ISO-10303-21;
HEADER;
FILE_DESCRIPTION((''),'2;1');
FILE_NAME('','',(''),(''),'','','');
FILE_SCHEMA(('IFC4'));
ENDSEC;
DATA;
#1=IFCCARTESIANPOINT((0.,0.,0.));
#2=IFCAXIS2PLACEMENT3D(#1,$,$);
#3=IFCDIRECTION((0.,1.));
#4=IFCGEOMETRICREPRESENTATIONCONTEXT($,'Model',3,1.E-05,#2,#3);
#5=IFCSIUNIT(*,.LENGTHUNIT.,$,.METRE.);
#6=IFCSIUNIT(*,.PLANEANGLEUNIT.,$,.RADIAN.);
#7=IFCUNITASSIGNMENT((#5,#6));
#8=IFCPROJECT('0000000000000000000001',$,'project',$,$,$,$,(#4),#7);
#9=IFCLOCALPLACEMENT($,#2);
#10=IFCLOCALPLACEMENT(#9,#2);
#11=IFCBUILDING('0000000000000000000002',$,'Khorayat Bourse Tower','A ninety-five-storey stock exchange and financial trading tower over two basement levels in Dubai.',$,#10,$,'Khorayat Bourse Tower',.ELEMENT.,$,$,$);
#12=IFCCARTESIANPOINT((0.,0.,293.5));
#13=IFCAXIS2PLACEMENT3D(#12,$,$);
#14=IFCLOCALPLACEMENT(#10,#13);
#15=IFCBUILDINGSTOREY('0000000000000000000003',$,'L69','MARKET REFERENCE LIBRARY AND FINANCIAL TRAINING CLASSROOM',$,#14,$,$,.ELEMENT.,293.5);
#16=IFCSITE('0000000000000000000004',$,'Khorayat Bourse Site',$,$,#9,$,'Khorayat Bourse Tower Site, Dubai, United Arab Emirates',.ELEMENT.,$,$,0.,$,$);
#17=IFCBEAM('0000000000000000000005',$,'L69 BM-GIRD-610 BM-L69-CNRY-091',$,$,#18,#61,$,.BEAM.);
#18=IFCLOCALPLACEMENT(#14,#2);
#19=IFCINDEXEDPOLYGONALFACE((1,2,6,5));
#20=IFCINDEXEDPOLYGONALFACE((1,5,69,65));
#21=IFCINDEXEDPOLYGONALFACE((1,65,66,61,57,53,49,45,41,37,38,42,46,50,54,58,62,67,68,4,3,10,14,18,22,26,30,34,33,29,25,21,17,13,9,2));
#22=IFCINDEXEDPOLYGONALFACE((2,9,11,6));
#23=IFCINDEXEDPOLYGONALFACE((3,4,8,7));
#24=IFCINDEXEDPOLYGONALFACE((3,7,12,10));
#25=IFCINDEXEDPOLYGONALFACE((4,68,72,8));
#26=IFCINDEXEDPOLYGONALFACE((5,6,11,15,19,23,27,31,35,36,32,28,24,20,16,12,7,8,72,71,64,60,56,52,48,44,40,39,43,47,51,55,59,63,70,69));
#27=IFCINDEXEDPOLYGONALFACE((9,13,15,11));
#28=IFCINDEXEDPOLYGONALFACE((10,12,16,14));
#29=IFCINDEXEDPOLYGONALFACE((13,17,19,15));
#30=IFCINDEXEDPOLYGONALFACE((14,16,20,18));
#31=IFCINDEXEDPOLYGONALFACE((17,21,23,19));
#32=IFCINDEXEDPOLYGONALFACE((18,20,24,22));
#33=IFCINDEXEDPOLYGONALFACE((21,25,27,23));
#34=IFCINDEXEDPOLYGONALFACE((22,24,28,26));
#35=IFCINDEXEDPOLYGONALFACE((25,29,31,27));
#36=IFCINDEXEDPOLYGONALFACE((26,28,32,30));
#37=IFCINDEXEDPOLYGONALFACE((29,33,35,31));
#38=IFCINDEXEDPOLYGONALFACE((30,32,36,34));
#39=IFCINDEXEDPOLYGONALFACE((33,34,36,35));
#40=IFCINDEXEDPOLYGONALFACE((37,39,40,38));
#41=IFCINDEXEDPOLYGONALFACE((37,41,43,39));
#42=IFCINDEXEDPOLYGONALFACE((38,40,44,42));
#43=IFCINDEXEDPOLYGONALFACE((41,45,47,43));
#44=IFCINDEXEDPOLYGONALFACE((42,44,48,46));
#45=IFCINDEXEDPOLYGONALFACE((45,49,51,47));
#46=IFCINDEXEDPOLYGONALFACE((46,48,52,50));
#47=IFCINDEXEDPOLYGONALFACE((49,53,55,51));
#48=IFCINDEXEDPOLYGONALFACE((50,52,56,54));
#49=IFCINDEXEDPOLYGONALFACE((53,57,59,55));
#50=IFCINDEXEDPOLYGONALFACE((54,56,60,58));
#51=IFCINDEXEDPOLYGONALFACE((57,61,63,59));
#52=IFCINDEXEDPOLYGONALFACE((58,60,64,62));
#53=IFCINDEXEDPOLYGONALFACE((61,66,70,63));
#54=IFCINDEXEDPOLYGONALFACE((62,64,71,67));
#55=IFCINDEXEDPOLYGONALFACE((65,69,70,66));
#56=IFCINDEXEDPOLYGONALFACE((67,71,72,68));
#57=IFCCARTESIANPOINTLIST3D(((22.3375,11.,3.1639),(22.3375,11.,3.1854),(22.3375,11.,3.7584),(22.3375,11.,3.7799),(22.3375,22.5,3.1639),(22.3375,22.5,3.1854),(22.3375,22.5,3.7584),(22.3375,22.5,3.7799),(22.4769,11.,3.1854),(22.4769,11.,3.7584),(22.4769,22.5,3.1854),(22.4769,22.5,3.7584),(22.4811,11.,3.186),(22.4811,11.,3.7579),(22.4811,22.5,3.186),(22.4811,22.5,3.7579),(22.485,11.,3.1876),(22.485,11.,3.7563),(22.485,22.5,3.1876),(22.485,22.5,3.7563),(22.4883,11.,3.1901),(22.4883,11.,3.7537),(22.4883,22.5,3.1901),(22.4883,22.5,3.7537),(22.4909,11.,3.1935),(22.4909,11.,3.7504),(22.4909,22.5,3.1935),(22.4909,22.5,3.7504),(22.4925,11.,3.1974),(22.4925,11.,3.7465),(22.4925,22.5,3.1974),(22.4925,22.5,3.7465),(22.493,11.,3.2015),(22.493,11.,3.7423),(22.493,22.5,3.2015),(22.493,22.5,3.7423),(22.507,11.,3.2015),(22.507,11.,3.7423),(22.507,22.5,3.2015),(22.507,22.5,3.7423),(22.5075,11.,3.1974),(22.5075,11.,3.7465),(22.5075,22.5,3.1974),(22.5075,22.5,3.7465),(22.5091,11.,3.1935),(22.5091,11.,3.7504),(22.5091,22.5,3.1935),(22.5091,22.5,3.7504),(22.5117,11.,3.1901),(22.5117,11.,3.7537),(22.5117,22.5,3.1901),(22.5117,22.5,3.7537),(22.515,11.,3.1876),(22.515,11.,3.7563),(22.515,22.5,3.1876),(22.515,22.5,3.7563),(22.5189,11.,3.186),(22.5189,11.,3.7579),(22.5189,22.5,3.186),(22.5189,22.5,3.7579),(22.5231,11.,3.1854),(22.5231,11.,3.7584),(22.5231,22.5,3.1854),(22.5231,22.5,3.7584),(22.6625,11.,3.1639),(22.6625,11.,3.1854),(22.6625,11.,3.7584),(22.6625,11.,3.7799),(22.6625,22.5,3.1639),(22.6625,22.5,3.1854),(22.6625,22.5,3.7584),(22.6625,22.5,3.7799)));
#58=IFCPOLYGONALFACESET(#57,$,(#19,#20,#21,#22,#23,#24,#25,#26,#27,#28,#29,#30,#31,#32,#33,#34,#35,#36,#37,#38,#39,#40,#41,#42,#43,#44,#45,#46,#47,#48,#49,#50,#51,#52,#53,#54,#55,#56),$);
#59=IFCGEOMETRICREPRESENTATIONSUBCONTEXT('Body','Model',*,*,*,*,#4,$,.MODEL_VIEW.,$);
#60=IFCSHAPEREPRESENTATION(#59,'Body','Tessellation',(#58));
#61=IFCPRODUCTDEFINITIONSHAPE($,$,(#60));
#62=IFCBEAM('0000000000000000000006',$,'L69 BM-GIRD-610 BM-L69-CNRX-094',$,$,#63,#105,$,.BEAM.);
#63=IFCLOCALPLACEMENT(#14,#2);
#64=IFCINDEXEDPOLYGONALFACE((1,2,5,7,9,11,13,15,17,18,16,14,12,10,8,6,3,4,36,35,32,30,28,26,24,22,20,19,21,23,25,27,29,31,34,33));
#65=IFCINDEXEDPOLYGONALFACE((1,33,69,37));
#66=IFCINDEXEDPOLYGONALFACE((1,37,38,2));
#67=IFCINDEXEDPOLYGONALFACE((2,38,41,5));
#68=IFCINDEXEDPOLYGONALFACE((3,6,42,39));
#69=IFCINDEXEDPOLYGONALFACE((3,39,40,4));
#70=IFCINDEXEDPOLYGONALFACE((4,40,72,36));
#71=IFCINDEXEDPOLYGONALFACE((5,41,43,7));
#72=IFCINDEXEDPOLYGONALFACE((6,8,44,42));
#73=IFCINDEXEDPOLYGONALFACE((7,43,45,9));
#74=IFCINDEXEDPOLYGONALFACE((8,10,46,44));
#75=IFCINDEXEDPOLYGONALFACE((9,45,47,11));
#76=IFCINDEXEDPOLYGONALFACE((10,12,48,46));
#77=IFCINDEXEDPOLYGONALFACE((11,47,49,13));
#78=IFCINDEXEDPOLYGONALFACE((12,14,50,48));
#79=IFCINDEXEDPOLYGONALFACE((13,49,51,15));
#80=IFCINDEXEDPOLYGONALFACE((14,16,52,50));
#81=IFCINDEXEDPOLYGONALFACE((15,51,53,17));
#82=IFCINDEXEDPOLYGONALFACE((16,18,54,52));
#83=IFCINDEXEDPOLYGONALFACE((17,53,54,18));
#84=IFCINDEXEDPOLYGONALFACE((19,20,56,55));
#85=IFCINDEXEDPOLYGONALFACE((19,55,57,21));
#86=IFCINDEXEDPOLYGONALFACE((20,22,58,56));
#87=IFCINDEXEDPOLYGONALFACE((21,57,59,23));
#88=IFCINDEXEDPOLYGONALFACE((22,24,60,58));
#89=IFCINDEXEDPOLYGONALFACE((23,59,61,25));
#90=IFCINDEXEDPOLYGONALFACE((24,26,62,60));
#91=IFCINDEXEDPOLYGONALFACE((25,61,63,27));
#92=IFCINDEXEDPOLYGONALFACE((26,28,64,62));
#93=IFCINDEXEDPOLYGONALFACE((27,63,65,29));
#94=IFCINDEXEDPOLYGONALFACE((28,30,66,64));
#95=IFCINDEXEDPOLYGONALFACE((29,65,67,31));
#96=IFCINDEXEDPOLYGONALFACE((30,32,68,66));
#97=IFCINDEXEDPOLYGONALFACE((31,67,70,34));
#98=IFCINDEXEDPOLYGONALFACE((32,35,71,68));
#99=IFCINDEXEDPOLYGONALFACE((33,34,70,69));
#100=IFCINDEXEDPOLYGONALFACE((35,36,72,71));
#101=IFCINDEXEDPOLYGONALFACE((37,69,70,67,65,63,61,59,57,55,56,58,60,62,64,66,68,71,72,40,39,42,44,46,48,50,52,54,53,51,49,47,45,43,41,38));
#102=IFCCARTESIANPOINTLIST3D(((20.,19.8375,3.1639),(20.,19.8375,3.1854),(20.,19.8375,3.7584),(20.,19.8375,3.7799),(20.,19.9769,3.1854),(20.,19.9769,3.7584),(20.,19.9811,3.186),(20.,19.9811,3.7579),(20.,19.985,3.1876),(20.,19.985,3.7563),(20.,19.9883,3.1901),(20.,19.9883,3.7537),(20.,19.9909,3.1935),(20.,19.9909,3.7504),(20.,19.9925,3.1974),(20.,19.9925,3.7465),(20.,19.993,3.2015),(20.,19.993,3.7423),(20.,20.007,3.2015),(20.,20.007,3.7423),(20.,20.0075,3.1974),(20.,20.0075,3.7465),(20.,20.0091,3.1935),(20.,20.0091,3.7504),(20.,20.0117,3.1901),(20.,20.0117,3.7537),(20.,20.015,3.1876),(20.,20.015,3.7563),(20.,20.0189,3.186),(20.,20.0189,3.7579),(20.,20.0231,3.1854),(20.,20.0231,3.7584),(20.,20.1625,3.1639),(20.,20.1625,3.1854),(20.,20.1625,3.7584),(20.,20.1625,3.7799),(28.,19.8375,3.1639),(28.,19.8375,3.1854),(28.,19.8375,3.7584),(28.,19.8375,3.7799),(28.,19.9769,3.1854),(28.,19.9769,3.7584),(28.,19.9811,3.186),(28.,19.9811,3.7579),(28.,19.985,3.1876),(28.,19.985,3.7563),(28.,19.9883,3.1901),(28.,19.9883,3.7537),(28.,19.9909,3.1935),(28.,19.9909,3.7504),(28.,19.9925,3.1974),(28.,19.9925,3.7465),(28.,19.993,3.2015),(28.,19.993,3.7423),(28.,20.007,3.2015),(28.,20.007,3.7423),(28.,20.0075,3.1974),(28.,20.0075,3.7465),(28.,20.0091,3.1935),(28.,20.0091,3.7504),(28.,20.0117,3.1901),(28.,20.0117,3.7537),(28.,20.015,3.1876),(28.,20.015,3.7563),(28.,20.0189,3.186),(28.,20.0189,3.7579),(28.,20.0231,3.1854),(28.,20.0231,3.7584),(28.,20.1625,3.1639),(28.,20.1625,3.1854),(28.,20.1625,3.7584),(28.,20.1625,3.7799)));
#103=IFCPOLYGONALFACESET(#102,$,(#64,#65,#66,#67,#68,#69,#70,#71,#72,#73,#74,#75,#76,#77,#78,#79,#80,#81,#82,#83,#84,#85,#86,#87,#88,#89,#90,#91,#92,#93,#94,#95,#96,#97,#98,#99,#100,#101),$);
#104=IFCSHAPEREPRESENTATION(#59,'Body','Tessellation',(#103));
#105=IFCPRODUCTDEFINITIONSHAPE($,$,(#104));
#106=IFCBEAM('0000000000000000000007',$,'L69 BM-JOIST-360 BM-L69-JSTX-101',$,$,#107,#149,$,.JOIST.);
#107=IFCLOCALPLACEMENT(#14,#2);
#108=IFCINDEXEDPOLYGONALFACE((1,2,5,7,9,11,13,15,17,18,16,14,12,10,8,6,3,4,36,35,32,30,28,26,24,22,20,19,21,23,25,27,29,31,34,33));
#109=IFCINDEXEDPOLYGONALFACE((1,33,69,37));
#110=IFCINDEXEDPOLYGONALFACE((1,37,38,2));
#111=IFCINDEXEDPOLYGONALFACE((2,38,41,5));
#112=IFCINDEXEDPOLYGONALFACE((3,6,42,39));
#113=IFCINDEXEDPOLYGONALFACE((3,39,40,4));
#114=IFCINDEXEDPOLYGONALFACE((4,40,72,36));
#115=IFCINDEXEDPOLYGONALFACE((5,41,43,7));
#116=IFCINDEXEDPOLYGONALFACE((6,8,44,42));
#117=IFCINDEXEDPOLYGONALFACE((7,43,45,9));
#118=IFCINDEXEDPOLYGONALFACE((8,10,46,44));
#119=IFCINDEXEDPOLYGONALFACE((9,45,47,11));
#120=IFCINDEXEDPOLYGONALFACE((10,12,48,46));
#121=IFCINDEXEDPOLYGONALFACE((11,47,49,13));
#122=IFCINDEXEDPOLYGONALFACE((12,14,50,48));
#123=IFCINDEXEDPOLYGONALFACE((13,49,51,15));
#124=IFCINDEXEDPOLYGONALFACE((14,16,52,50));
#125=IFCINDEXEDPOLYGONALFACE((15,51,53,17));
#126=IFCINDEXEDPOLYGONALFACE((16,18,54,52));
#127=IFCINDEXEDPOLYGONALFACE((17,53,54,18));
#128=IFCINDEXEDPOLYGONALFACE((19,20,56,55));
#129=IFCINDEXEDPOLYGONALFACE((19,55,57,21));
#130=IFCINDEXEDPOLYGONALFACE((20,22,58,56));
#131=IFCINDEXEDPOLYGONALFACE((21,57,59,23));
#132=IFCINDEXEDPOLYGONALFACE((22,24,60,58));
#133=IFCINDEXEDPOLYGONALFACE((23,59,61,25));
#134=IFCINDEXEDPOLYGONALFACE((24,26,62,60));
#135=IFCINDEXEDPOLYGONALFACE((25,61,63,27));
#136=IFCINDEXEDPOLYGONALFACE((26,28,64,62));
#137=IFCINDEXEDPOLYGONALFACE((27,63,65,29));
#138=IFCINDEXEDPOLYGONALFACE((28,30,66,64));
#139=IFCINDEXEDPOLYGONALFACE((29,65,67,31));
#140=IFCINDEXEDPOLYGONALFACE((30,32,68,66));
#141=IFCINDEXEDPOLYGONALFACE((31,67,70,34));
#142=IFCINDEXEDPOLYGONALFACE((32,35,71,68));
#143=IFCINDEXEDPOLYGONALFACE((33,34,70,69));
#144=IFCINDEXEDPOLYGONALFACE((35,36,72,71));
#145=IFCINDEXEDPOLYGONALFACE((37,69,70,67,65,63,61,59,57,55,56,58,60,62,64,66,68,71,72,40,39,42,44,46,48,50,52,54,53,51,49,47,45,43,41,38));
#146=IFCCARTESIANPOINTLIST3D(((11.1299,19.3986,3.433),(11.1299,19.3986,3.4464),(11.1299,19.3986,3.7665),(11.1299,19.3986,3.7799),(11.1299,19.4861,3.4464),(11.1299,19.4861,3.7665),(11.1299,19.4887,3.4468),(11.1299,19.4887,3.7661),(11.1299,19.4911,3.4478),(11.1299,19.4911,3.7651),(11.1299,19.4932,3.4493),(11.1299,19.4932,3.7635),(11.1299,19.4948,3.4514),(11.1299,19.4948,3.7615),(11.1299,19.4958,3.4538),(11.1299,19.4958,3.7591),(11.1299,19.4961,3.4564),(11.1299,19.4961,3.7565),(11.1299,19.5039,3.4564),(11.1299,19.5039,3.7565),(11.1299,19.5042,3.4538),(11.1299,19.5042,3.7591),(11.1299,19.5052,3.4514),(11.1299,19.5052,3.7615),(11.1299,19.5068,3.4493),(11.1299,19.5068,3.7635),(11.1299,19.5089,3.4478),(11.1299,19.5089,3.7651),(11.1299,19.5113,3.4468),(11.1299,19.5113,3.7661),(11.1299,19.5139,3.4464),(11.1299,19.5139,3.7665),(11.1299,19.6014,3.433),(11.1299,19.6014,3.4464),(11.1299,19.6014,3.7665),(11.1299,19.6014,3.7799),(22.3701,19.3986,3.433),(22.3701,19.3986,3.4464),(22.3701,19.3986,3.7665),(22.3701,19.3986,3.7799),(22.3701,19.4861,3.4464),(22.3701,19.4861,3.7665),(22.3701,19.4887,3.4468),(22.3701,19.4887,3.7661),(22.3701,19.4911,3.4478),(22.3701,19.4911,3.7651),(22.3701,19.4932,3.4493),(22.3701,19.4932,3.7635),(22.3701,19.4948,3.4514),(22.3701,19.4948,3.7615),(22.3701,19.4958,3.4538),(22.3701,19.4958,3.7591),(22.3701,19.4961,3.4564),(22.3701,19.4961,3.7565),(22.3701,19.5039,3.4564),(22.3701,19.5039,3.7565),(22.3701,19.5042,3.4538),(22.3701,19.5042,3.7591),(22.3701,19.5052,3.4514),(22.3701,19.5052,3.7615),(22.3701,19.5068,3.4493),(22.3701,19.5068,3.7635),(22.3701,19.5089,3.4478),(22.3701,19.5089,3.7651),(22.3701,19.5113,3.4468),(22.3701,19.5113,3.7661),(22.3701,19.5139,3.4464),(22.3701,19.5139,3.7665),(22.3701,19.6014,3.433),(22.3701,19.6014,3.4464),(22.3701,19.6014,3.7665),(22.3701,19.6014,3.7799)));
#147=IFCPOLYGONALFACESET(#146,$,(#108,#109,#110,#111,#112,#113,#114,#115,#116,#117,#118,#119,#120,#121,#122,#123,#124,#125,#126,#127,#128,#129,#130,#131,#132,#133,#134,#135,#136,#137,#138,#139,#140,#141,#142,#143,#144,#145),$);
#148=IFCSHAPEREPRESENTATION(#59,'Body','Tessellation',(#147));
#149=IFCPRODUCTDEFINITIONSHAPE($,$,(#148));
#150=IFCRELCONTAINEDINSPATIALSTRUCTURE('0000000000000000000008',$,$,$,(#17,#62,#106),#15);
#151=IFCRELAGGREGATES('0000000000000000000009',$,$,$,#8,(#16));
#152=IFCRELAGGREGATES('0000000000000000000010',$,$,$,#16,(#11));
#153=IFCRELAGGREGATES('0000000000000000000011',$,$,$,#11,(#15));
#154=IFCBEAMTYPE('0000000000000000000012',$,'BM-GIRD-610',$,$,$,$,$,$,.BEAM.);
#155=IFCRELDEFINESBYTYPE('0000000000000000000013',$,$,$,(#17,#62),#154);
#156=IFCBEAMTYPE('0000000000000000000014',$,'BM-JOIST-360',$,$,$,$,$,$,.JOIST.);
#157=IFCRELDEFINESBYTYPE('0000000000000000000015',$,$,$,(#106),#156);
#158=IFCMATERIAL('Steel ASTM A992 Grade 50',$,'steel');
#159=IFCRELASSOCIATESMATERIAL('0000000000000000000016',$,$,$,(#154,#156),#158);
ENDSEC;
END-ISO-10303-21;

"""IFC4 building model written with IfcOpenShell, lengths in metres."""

from ifc_helpers import new_model, si_unit, direction, frame, origin, origin_2d, place, context, subcontext, project, spatial, i_section, extrude, source, transform, mapped, material, material_profile, profile_set, type_object, element, save


model = new_model("IFC4")

# Units and contexts
model_context = context("Model", 3, precision=1e-05, world=origin(), true_north=direction((0.0, 1.0)))
body_context = subcontext(model_context, "Body", "Model", "MODEL_VIEW")
ifc_project = project(units=[si_unit("LENGTHUNIT", "METRE"), si_unit("PLANEANGLEUNIT", "RADIAN")], contexts=[model_context])

# Site, building, storey
site_placement = place(None, origin())
site = spatial("IfcSite", under=ifc_project, at=site_placement, Name="Khorayat Bourse Site", LongName="Khorayat Bourse Tower Site, Dubai, United Arab Emirates", CompositionType="ELEMENT", RefElevation=0.0)
building_placement = place(site_placement, origin())
building = spatial("IfcBuilding", under=site, at=building_placement, Name="Khorayat Bourse Tower", Description="A ninety-five-storey stock exchange and financial trading tower over two basement levels in Dubai.", LongName="Khorayat Bourse Tower", CompositionType="ELEMENT")
storey_placement = place(building_placement, frame((0.0, 0.0, 293.5)))
storey = spatial("IfcBuildingStorey", under=building, at=storey_placement, Name="L69", Description="MARKET REFERENCE LIBRARY AND FINANCIAL TRAINING CLASSROOM", CompositionType="ELEMENT", Elevation=293.5)

# Beams
ifc_material_1 = material(Name="Steel ASTM A992 Grade 50", Category="steel")
ifc_material_profile_1 = material_profile(ifc_material_1, i_section(OverallWidth=0.325, OverallDepth=0.616, WebThickness=0.0139, FlangeThickness=0.0215, FilletRadius=0.0161, at=origin_2d()), Name="W610X174")
ifc_profile_set_1 = profile_set([ifc_material_profile_1], Name="Steel ASTM A992 Grade 50")
beam_type_1 = type_object("IfcBeamType", Name="BM-GIRD-610", PredefinedType="BEAM", material=ifc_profile_set_1)
shared_shape_1 = source(origin(), body_context, "Body", "SweptSolid", [
    extrude(i_section(OverallWidth=0.325, OverallDepth=0.616, WebThickness=0.0139, FlangeThickness=0.0215, FilletRadius=0.0161, at=origin_2d()), origin(), (0.0, 0.0, 1.0), 11.5),
])
beam_1_placement = place(storey_placement, frame((22.5, 11.0, 3.4719), z_axis=(0.0, 1.0, 0.0), x_axis=(-1.0, 0.0, 0.0)))
element("IfcBeam", 1, at=beam_1_placement, inside=storey, type_object=beam_type_1, Name="L69 BM-GIRD-610 BM-L69-CNRY-091", PredefinedType="BEAM", context=body_context, shape_type="MappedRepresentation", body=[
    mapped(shared_shape_1, transform((0.0, 0.0, 0.0), scale=1.0)),
])
shared_shape_2 = source(origin(), body_context, "Body", "SweptSolid", [
    extrude(i_section(OverallWidth=0.325, OverallDepth=0.616, WebThickness=0.0139, FlangeThickness=0.0215, FilletRadius=0.0161, at=origin_2d()), origin(), (0.0, 0.0, 1.0), 8.0),
])
beam_2_placement = place(storey_placement, frame((20.0, 20.0, 3.4719), z_axis=(1.0, 0.0, 0.0), x_axis=(0.0, 1.0, 0.0)))
element("IfcBeam", 2, at=beam_2_placement, inside=storey, type_object=beam_type_1, Name="L69 BM-GIRD-610 BM-L69-CNRX-094", PredefinedType="BEAM", context=body_context, shape_type="MappedRepresentation", body=[
    mapped(shared_shape_2, transform((0.0, 0.0, 0.0), scale=1.0)),
])
ifc_material_profile_2 = material_profile(ifc_material_1, i_section(OverallWidth=0.2029, OverallDepth=0.3469, WebThickness=0.0078, FlangeThickness=0.0134, FilletRadius=0.01, at=origin_2d()), Name="W360X64")
ifc_profile_set_2 = profile_set([ifc_material_profile_2], Name="Steel ASTM A992 Grade 50")
beam_type_2 = type_object("IfcBeamType", Name="BM-JOIST-360", PredefinedType="JOIST", material=ifc_profile_set_2)
shared_shape_3 = source(origin(), body_context, "Body", "SweptSolid", [
    extrude(i_section(OverallWidth=0.2029, OverallDepth=0.3469, WebThickness=0.0078, FlangeThickness=0.0134, FilletRadius=0.01, at=origin_2d()), origin(), (0.0, 0.0, 1.0), 11.2402),
])
beam_3_placement = place(storey_placement, frame((11.1299, 19.5, 3.6064), z_axis=(1.0, 0.0, 0.0), x_axis=(0.0, 1.0, 0.0)))
element("IfcBeam", 3, at=beam_3_placement, inside=storey, type_object=beam_type_2, Name="L69 BM-JOIST-360 BM-L69-JSTX-101", PredefinedType="JOIST", context=body_context, shape_type="MappedRepresentation", body=[
    mapped(shared_shape_3, transform((0.0, 0.0, 0.0), scale=1.0)),
])

save(model, "model.ifc")
